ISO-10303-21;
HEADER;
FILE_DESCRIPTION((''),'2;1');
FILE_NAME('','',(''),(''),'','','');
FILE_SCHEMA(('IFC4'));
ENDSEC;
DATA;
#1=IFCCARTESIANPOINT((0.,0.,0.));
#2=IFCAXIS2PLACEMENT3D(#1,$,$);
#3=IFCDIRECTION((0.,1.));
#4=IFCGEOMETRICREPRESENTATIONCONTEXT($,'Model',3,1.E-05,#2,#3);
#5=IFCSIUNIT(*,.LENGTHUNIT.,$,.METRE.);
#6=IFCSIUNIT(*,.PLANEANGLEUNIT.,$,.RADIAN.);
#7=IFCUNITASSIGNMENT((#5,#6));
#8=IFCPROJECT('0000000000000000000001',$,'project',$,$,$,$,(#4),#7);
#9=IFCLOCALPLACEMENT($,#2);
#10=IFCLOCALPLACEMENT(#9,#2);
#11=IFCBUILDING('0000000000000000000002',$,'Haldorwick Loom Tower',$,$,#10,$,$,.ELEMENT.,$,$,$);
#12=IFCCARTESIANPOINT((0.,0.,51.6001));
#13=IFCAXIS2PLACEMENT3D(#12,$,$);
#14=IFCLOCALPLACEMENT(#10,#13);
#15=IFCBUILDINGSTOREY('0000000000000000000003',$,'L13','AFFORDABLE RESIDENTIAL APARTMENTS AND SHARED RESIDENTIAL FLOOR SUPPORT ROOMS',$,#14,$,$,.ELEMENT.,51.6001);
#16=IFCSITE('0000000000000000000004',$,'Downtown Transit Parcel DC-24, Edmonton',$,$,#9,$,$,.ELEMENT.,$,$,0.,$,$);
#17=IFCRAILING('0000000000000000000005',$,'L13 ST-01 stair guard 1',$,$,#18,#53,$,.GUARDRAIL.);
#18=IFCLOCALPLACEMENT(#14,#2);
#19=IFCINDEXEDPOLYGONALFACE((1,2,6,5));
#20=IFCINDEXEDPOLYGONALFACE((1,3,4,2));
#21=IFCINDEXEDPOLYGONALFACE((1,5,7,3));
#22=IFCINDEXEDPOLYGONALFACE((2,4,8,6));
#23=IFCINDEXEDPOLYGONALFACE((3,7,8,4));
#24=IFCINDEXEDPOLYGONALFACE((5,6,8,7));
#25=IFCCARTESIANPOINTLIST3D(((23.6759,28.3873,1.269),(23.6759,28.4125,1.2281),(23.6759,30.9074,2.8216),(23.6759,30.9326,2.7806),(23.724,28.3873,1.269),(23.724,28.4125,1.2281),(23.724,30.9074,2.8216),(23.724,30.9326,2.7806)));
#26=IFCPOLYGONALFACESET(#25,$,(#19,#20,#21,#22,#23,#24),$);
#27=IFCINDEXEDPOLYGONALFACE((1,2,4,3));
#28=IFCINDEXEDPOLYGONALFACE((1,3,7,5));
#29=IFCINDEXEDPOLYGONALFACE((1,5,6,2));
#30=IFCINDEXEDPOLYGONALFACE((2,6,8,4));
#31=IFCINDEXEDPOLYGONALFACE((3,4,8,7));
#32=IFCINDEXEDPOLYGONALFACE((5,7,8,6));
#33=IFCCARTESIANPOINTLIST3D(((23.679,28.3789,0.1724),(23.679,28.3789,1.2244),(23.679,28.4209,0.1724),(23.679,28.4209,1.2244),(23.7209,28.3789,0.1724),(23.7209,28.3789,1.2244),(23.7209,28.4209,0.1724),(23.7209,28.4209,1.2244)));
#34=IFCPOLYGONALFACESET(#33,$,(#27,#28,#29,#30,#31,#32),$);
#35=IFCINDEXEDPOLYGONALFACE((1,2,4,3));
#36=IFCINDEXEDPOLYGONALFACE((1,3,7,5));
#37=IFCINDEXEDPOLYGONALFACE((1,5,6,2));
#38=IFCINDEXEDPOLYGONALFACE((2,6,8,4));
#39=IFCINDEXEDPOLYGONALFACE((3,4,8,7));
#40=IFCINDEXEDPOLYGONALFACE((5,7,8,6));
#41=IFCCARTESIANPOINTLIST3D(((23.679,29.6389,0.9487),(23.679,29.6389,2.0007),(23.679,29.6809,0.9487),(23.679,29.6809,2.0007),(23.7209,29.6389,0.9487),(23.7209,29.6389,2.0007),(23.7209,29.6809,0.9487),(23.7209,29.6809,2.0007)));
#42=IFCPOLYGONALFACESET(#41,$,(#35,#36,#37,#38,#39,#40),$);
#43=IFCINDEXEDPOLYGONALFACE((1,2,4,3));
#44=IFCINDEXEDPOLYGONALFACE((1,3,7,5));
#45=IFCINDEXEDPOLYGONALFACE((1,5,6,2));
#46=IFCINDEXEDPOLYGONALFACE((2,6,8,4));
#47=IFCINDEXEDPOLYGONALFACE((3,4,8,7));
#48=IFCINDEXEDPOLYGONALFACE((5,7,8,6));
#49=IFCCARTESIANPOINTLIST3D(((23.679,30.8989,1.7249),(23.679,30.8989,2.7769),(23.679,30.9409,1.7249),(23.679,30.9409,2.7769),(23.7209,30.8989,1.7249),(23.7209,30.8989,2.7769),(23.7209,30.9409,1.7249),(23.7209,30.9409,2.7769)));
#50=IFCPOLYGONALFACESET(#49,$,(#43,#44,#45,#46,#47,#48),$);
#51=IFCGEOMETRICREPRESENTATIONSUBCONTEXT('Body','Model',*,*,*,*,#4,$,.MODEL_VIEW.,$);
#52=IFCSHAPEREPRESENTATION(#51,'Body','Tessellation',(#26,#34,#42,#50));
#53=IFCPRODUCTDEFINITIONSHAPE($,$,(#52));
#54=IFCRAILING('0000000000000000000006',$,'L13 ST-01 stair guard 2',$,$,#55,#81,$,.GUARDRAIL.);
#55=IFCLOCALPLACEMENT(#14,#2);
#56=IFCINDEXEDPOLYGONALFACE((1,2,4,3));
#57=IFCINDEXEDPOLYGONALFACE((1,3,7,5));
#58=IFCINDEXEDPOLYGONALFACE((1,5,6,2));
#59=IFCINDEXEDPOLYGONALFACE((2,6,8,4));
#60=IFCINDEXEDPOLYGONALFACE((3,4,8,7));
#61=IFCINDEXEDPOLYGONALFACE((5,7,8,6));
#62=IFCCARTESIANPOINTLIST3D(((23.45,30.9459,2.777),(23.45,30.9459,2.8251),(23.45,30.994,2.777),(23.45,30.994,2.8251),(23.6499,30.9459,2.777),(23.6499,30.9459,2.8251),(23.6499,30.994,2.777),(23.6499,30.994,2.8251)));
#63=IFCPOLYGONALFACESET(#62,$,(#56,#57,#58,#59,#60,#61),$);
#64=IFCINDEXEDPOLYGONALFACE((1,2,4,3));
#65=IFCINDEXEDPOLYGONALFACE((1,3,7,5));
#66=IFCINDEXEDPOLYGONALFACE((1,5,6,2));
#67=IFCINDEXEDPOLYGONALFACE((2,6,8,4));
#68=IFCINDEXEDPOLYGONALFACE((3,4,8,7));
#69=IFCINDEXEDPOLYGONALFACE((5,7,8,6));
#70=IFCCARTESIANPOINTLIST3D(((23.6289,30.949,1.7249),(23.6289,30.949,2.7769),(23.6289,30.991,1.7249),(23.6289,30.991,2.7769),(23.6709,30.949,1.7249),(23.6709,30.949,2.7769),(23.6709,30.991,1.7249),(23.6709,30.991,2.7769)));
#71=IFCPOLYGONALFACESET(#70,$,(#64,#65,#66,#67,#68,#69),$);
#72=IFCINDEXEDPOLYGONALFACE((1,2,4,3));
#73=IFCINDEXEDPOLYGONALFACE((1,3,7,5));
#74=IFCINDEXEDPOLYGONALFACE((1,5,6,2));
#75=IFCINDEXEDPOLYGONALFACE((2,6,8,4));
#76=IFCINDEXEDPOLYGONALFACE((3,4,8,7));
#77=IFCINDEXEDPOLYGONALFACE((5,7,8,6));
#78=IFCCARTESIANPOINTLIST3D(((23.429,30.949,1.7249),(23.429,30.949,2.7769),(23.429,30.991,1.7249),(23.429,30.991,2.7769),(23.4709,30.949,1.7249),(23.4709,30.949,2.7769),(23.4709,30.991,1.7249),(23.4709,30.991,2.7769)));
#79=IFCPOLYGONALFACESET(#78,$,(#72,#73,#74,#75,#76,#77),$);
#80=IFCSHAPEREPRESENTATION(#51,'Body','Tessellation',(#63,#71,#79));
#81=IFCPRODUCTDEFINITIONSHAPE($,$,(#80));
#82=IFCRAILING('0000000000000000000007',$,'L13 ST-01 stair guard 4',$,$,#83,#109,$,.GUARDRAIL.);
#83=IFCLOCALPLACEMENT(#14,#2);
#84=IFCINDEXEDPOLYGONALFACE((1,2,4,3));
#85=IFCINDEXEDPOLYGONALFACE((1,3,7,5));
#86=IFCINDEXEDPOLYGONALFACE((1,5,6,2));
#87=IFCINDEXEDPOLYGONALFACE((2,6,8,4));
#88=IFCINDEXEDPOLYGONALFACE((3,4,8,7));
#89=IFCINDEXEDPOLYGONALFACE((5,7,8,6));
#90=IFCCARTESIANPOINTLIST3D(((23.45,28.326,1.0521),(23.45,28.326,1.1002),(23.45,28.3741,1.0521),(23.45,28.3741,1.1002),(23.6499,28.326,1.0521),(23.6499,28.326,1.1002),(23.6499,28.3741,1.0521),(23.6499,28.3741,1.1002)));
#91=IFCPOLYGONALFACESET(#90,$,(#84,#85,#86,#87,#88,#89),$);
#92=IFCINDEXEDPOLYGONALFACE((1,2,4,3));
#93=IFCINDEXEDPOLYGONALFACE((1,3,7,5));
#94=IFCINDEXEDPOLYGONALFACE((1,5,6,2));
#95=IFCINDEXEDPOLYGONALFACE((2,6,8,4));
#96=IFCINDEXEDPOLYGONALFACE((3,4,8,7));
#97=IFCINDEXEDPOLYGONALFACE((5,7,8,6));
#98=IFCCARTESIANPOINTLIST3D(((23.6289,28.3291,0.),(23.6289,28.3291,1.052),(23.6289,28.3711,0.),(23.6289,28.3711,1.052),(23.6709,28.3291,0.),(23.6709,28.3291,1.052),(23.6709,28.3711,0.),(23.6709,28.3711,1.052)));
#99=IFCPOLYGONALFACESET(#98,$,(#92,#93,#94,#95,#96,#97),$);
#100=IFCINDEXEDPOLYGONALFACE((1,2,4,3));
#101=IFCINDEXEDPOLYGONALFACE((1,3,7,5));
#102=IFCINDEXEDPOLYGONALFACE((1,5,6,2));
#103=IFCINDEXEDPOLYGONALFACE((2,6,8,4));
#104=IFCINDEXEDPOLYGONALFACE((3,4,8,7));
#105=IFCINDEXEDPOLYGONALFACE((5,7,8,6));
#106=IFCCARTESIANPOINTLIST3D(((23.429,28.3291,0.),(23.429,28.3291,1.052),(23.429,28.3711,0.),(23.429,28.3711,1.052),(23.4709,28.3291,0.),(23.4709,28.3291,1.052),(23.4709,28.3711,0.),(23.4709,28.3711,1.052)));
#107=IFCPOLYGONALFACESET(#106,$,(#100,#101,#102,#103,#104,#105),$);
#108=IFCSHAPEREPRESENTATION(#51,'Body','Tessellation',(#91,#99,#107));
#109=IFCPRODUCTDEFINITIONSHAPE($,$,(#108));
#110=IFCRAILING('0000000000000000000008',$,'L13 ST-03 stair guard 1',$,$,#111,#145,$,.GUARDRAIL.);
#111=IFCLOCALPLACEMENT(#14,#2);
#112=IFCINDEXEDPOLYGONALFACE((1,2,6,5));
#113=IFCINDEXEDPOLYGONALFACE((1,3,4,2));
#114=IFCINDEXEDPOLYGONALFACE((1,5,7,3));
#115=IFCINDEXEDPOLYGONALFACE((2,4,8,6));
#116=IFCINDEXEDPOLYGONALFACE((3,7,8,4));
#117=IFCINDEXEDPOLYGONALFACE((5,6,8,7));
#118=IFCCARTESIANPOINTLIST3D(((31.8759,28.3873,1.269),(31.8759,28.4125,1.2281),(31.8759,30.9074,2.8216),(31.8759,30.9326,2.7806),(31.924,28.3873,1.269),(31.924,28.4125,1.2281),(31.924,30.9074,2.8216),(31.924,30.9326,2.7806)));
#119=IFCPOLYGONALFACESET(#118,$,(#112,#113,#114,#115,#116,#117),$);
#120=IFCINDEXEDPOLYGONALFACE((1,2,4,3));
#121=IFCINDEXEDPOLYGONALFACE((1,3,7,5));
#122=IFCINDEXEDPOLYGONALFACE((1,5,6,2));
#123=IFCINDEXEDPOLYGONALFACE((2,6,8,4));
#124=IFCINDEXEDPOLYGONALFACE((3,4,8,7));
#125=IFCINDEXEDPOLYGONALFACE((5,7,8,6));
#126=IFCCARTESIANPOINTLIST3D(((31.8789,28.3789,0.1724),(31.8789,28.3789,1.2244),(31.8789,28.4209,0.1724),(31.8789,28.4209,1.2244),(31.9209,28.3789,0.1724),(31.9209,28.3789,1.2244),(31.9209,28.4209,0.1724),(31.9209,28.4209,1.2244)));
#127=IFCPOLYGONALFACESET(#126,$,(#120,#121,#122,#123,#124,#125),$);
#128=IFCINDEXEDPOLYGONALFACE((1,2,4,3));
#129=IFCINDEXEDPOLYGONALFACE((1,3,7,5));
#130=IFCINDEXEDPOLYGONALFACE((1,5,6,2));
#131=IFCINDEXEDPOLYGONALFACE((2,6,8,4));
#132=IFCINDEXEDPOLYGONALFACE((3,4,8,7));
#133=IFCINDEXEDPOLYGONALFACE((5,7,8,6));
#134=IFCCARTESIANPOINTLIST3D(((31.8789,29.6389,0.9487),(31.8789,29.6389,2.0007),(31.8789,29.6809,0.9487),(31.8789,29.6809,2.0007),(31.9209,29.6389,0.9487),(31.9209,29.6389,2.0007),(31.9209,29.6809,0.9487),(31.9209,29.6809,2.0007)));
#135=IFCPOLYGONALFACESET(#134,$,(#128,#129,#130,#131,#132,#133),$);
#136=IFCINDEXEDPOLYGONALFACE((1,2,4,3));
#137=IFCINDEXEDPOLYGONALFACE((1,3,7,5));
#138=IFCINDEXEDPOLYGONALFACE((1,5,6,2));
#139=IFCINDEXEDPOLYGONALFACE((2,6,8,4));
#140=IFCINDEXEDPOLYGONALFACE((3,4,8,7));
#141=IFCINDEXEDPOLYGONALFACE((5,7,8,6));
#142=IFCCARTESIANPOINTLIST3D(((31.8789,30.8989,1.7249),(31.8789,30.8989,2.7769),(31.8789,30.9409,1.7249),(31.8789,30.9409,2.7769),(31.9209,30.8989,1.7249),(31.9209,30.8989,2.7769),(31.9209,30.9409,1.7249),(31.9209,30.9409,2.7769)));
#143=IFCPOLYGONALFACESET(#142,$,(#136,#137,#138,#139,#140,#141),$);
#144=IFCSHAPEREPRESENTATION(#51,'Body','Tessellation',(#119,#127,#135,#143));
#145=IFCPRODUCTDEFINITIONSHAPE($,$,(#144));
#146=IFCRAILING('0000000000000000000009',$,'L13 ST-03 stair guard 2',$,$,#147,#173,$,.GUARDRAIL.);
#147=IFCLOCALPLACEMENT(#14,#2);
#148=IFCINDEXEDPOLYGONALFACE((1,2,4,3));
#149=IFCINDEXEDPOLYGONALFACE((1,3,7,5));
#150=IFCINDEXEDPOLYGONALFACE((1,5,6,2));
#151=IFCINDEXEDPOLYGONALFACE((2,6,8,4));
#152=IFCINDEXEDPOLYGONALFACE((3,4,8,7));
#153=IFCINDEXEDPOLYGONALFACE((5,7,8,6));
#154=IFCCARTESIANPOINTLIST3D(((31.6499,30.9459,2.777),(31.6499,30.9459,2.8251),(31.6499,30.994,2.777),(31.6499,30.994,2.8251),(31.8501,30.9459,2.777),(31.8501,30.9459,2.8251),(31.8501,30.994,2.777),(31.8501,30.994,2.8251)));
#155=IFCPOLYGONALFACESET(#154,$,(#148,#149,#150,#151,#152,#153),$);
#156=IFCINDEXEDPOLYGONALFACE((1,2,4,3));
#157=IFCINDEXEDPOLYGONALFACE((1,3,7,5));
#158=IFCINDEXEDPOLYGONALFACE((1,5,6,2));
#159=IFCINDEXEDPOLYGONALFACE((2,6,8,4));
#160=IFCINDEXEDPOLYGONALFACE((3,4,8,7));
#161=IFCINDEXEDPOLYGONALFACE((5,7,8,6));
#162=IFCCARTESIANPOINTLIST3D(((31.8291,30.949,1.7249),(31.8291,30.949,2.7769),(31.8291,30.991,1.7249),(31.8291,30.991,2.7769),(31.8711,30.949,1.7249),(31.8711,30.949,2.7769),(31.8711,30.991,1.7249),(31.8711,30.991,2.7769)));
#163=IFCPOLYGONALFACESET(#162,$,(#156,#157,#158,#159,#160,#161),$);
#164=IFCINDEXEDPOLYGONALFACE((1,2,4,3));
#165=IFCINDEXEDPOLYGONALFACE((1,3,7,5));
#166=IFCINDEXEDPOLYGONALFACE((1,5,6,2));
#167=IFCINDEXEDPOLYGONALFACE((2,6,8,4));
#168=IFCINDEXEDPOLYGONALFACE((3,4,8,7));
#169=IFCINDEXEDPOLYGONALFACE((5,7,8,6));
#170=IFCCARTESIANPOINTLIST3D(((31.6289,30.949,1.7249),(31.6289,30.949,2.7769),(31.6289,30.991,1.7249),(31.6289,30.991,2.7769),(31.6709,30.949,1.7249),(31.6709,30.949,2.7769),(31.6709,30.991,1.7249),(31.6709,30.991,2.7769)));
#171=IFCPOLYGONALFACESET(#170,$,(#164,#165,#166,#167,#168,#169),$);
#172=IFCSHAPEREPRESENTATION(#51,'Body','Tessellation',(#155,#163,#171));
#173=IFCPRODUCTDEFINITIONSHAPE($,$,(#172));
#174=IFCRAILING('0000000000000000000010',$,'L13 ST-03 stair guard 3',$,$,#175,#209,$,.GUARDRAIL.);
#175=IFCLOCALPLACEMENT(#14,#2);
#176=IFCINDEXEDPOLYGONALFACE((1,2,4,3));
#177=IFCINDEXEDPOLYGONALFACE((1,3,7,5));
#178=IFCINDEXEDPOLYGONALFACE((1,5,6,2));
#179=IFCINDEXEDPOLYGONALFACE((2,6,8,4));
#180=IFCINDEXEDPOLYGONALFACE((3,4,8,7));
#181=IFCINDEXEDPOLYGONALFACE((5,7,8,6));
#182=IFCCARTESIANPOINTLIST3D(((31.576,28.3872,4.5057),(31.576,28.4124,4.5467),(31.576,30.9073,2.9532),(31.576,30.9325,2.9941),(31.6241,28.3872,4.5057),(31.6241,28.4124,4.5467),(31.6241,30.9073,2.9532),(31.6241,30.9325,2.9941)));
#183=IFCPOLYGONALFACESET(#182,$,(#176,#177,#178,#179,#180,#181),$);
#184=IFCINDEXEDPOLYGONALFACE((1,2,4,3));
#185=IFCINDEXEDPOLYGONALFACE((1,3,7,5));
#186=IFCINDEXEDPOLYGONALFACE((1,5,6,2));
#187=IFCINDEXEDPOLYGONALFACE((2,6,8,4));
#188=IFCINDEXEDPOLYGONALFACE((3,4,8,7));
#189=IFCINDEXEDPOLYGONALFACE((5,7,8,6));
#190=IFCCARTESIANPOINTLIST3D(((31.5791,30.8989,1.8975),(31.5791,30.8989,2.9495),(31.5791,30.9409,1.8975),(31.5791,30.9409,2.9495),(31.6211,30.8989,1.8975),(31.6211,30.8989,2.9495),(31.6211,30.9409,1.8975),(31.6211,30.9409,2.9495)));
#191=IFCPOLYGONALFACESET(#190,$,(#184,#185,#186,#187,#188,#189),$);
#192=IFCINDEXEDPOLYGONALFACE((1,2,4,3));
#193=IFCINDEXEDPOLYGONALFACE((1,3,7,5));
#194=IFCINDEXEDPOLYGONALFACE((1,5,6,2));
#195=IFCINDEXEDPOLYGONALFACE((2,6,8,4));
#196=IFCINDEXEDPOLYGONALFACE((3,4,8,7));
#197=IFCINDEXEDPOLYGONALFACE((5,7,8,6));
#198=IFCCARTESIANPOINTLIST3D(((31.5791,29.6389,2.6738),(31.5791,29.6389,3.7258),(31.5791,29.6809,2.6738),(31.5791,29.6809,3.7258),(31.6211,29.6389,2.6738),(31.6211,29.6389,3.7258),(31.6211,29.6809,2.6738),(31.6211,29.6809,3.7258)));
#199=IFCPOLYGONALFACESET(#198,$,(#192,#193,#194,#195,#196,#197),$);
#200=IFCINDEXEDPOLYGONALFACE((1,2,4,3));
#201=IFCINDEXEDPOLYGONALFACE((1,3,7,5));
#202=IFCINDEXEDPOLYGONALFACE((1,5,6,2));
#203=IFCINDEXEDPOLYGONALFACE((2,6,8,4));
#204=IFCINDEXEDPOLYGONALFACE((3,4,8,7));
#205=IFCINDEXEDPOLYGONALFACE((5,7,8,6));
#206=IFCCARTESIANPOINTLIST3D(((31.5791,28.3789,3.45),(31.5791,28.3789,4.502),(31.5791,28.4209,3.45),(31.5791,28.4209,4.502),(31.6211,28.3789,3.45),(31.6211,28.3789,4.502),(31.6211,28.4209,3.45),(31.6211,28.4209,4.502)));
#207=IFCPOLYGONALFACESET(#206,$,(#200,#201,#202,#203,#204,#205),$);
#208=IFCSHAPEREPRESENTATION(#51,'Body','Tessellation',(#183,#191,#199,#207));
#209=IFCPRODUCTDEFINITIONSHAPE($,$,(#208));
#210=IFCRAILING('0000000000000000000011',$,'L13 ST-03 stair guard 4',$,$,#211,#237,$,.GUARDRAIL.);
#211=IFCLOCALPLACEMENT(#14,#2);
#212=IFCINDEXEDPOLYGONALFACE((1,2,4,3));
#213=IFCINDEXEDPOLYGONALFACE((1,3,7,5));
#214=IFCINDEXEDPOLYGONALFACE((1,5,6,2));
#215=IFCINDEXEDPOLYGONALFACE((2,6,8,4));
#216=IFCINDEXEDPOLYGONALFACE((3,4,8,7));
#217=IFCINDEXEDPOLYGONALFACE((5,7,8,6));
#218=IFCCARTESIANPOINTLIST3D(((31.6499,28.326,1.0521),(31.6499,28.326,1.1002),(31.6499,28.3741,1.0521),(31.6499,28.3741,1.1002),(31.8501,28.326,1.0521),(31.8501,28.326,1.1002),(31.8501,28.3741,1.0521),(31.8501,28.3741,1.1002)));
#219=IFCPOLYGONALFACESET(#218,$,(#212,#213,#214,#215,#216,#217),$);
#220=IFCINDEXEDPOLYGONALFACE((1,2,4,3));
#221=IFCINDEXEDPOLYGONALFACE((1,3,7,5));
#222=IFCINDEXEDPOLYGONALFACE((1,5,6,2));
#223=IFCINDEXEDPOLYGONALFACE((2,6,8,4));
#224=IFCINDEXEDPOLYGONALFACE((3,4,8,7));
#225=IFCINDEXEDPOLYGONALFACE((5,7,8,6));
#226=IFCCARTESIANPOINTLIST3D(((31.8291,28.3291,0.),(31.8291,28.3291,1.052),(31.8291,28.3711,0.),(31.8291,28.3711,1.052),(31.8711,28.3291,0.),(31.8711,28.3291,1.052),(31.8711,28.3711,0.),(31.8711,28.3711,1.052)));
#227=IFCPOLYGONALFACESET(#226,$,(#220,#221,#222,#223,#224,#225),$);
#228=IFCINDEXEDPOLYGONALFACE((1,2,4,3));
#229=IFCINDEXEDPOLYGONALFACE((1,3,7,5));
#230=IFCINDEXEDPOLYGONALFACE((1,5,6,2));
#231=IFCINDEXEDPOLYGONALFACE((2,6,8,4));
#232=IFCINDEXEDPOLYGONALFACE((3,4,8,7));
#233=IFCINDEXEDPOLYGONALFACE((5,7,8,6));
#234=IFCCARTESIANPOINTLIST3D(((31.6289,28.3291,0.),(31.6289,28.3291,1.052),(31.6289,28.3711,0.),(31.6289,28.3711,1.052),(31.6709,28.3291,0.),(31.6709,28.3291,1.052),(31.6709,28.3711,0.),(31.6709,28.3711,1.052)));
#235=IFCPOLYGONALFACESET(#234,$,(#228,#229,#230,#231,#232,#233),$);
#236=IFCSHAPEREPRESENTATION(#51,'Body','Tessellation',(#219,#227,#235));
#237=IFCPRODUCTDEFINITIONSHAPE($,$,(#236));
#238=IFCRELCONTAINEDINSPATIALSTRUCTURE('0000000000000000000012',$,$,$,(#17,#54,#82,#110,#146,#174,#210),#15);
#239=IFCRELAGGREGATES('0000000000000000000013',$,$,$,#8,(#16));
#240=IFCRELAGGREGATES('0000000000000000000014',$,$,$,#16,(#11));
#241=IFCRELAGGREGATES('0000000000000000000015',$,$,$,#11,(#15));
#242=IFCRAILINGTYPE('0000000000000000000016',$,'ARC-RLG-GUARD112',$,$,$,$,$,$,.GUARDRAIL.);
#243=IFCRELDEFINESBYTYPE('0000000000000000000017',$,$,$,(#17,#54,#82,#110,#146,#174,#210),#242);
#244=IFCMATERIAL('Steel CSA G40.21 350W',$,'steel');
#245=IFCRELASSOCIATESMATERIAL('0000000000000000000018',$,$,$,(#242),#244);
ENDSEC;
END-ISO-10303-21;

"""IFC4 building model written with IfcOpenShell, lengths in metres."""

from ifc_helpers import new_model, si_unit, direction, frame, origin, origin_2d, place, context, subcontext, project, spatial, rectangle, extrude, material, type_object, element, save


model = new_model("IFC4")

# Units and contexts
model_context = context("Model", 3, precision=1e-05, world=origin(), true_north=direction((0.0, 1.0)))
body_context = subcontext(model_context, "Body", "Model", "MODEL_VIEW")
ifc_project = project(units=[si_unit("LENGTHUNIT", "METRE"), si_unit("PLANEANGLEUNIT", "RADIAN")], contexts=[model_context])

# Site, building, storey
site_placement = place(None, origin())
site = spatial("IfcSite", under=ifc_project, at=site_placement, Name="Downtown Transit Parcel DC-24, Edmonton", CompositionType="ELEMENT", RefElevation=0.0)
building_placement = place(site_placement, origin())
building = spatial("IfcBuilding", under=site, at=building_placement, Name="Haldorwick Loom Tower", CompositionType="ELEMENT")
storey_placement = place(building_placement, frame((0.0, 0.0, 51.6001)))
storey = spatial("IfcBuildingStorey", under=building, at=storey_placement, Name="L13", Description="AFFORDABLE RESIDENTIAL APARTMENTS AND SHARED RESIDENTIAL FLOOR SUPPORT ROOMS", CompositionType="ELEMENT", Elevation=51.6001)

# Shared definitions
ifc_material_1 = material(Name="Steel CSA G40.21 350W", Category="steel")

# Railings
railing_type_1 = type_object("IfcRailingType", Name="ARC-RLG-GUARD112", PredefinedType="GUARDRAIL", material=ifc_material_1)
railing_1_placement = place(storey_placement, frame((23.7, 28.3999, 0.1724)))
element("IfcRailing", 1, at=railing_1_placement, inside=storey, type_object=railing_type_1, Name="L13 ST-01 stair guard 1", PredefinedType="GUARDRAIL", context=body_context, shape_type="SweptSolid", body=[
    extrude(rectangle(XDim=0.0481, YDim=0.0481, at=origin_2d()), frame((0.0, 0.0, 1.0762), z_axis=(0.0, 0.8514, 0.524516), x_axis=(-1.0, 0.0, 0.0)), (0.0, 0.0, 1.0), 2.96),
    extrude(rectangle(XDim=0.042, YDim=0.042, at=origin_2d()), origin(), (0.0, 0.0, 1.0), 1.052),
    extrude(rectangle(XDim=0.042, YDim=0.042, at=origin_2d()), frame((0.0, 1.26, 0.7764)), (0.0, 0.0, 1.0), 1.052),
    extrude(rectangle(XDim=0.042, YDim=0.042, at=origin_2d()), frame((0.0, 2.52, 1.5525)), (0.0, 0.0, 1.0), 1.052),
])
for number, where, name in (
    (2, (23.6499, 30.97, 1.7249), "L13 ST-01 stair guard 2"),
    (3, (23.6499, 28.3501, 0.0), "L13 ST-01 stair guard 4"),
):
    element("IfcRailing", number, at=place(storey_placement, frame(where)), inside=storey, type_object=railing_type_1, Name=name, PredefinedType="GUARDRAIL", context=body_context, shape_type="SweptSolid", body=[
        extrude(rectangle(XDim=0.0481, YDim=0.0481, at=origin_2d()), frame((0.0, 0.0, 1.0762), z_axis=(-1.0, 0.0, 0.0), x_axis=(0.0, -1.0, 0.0)), (0.0, 0.0, 1.0), 0.2),
        extrude(rectangle(XDim=0.042, YDim=0.042, at=origin_2d()), origin(), (0.0, 0.0, 1.0), 1.052),
        extrude(rectangle(XDim=0.042, YDim=0.042, at=origin_2d()), frame((-0.2, 0.0, 0.0)), (0.0, 0.0, 1.0), 1.052),
    ])
railing_2_placement = place(storey_placement, frame((31.8999, 28.3999, 0.1724)))
element("IfcRailing", 4, at=railing_2_placement, inside=storey, type_object=railing_type_1, Name="L13 ST-03 stair guard 1", PredefinedType="GUARDRAIL", context=body_context, shape_type="SweptSolid", body=[
    extrude(rectangle(XDim=0.0481, YDim=0.0481, at=origin_2d()), frame((0.0, 0.0, 1.0762), z_axis=(0.0, 0.8514, 0.524516), x_axis=(-1.0, 0.0, 0.0)), (0.0, 0.0, 1.0), 2.96),
    extrude(rectangle(XDim=0.042, YDim=0.042, at=origin_2d()), origin(), (0.0, 0.0, 1.0), 1.052),
    extrude(rectangle(XDim=0.042, YDim=0.042, at=origin_2d()), frame((0.0, 1.26, 0.7764)), (0.0, 0.0, 1.0), 1.052),
    extrude(rectangle(XDim=0.042, YDim=0.042, at=origin_2d()), frame((0.0, 2.52, 1.5525)), (0.0, 0.0, 1.0), 1.052),
])
railing_3_placement = place(storey_placement, frame((31.8501, 30.97, 1.7249)))
element("IfcRailing", 5, at=railing_3_placement, inside=storey, type_object=railing_type_1, Name="L13 ST-03 stair guard 2", PredefinedType="GUARDRAIL", context=body_context, shape_type="SweptSolid", body=[
    extrude(rectangle(XDim=0.0481, YDim=0.0481, at=origin_2d()), frame((0.0, 0.0, 1.0762), z_axis=(-1.0, 0.0, 0.0), x_axis=(0.0, -1.0, 0.0)), (0.0, 0.0, 1.0), 0.2002),
    extrude(rectangle(XDim=0.042, YDim=0.042, at=origin_2d()), origin(), (0.0, 0.0, 1.0), 1.052),
    extrude(rectangle(XDim=0.042, YDim=0.042, at=origin_2d()), frame((-0.2002, 0.0, 0.0)), (0.0, 0.0, 1.0), 1.052),
])
railing_4_placement = place(storey_placement, frame((31.6001, 30.9199, 1.8975)))
element("IfcRailing", 6, at=railing_4_placement, inside=storey, type_object=railing_type_1, Name="L13 ST-03 stair guard 3", PredefinedType="GUARDRAIL", context=body_context, shape_type="SweptSolid", body=[
    extrude(rectangle(XDim=0.0481, YDim=0.0481, at=origin_2d()), frame((0.0, 0.0, 1.0762), z_axis=(0.0, -0.8514, 0.524516), x_axis=(1.0, 0.0, 0.0)), (0.0, 0.0, 1.0), 2.96),
    extrude(rectangle(XDim=0.042, YDim=0.042, at=origin_2d()), origin(), (0.0, 0.0, 1.0), 1.052),
    extrude(rectangle(XDim=0.042, YDim=0.042, at=origin_2d()), frame((0.0, -1.26, 0.7764)), (0.0, 0.0, 1.0), 1.052),
    extrude(rectangle(XDim=0.042, YDim=0.042, at=origin_2d()), frame((0.0, -2.52, 1.5525)), (0.0, 0.0, 1.0), 1.052),
])
railing_5_placement = place(storey_placement, frame((31.8501, 28.3501, 0.0)))
element("IfcRailing", 7, at=railing_5_placement, inside=storey, type_object=railing_type_1, Name="L13 ST-03 stair guard 4", PredefinedType="GUARDRAIL", context=body_context, shape_type="SweptSolid", body=[
    extrude(rectangle(XDim=0.0481, YDim=0.0481, at=origin_2d()), frame((0.0, 0.0, 1.0762), z_axis=(-1.0, 0.0, 0.0), x_axis=(0.0, -1.0, 0.0)), (0.0, 0.0, 1.0), 0.2002),
    extrude(rectangle(XDim=0.042, YDim=0.042, at=origin_2d()), origin(), (0.0, 0.0, 1.0), 1.052),
    extrude(rectangle(XDim=0.042, YDim=0.042, at=origin_2d()), frame((-0.2002, 0.0, 0.0)), (0.0, 0.0, 1.0), 1.052),
])

save(model, "model.ifc")
